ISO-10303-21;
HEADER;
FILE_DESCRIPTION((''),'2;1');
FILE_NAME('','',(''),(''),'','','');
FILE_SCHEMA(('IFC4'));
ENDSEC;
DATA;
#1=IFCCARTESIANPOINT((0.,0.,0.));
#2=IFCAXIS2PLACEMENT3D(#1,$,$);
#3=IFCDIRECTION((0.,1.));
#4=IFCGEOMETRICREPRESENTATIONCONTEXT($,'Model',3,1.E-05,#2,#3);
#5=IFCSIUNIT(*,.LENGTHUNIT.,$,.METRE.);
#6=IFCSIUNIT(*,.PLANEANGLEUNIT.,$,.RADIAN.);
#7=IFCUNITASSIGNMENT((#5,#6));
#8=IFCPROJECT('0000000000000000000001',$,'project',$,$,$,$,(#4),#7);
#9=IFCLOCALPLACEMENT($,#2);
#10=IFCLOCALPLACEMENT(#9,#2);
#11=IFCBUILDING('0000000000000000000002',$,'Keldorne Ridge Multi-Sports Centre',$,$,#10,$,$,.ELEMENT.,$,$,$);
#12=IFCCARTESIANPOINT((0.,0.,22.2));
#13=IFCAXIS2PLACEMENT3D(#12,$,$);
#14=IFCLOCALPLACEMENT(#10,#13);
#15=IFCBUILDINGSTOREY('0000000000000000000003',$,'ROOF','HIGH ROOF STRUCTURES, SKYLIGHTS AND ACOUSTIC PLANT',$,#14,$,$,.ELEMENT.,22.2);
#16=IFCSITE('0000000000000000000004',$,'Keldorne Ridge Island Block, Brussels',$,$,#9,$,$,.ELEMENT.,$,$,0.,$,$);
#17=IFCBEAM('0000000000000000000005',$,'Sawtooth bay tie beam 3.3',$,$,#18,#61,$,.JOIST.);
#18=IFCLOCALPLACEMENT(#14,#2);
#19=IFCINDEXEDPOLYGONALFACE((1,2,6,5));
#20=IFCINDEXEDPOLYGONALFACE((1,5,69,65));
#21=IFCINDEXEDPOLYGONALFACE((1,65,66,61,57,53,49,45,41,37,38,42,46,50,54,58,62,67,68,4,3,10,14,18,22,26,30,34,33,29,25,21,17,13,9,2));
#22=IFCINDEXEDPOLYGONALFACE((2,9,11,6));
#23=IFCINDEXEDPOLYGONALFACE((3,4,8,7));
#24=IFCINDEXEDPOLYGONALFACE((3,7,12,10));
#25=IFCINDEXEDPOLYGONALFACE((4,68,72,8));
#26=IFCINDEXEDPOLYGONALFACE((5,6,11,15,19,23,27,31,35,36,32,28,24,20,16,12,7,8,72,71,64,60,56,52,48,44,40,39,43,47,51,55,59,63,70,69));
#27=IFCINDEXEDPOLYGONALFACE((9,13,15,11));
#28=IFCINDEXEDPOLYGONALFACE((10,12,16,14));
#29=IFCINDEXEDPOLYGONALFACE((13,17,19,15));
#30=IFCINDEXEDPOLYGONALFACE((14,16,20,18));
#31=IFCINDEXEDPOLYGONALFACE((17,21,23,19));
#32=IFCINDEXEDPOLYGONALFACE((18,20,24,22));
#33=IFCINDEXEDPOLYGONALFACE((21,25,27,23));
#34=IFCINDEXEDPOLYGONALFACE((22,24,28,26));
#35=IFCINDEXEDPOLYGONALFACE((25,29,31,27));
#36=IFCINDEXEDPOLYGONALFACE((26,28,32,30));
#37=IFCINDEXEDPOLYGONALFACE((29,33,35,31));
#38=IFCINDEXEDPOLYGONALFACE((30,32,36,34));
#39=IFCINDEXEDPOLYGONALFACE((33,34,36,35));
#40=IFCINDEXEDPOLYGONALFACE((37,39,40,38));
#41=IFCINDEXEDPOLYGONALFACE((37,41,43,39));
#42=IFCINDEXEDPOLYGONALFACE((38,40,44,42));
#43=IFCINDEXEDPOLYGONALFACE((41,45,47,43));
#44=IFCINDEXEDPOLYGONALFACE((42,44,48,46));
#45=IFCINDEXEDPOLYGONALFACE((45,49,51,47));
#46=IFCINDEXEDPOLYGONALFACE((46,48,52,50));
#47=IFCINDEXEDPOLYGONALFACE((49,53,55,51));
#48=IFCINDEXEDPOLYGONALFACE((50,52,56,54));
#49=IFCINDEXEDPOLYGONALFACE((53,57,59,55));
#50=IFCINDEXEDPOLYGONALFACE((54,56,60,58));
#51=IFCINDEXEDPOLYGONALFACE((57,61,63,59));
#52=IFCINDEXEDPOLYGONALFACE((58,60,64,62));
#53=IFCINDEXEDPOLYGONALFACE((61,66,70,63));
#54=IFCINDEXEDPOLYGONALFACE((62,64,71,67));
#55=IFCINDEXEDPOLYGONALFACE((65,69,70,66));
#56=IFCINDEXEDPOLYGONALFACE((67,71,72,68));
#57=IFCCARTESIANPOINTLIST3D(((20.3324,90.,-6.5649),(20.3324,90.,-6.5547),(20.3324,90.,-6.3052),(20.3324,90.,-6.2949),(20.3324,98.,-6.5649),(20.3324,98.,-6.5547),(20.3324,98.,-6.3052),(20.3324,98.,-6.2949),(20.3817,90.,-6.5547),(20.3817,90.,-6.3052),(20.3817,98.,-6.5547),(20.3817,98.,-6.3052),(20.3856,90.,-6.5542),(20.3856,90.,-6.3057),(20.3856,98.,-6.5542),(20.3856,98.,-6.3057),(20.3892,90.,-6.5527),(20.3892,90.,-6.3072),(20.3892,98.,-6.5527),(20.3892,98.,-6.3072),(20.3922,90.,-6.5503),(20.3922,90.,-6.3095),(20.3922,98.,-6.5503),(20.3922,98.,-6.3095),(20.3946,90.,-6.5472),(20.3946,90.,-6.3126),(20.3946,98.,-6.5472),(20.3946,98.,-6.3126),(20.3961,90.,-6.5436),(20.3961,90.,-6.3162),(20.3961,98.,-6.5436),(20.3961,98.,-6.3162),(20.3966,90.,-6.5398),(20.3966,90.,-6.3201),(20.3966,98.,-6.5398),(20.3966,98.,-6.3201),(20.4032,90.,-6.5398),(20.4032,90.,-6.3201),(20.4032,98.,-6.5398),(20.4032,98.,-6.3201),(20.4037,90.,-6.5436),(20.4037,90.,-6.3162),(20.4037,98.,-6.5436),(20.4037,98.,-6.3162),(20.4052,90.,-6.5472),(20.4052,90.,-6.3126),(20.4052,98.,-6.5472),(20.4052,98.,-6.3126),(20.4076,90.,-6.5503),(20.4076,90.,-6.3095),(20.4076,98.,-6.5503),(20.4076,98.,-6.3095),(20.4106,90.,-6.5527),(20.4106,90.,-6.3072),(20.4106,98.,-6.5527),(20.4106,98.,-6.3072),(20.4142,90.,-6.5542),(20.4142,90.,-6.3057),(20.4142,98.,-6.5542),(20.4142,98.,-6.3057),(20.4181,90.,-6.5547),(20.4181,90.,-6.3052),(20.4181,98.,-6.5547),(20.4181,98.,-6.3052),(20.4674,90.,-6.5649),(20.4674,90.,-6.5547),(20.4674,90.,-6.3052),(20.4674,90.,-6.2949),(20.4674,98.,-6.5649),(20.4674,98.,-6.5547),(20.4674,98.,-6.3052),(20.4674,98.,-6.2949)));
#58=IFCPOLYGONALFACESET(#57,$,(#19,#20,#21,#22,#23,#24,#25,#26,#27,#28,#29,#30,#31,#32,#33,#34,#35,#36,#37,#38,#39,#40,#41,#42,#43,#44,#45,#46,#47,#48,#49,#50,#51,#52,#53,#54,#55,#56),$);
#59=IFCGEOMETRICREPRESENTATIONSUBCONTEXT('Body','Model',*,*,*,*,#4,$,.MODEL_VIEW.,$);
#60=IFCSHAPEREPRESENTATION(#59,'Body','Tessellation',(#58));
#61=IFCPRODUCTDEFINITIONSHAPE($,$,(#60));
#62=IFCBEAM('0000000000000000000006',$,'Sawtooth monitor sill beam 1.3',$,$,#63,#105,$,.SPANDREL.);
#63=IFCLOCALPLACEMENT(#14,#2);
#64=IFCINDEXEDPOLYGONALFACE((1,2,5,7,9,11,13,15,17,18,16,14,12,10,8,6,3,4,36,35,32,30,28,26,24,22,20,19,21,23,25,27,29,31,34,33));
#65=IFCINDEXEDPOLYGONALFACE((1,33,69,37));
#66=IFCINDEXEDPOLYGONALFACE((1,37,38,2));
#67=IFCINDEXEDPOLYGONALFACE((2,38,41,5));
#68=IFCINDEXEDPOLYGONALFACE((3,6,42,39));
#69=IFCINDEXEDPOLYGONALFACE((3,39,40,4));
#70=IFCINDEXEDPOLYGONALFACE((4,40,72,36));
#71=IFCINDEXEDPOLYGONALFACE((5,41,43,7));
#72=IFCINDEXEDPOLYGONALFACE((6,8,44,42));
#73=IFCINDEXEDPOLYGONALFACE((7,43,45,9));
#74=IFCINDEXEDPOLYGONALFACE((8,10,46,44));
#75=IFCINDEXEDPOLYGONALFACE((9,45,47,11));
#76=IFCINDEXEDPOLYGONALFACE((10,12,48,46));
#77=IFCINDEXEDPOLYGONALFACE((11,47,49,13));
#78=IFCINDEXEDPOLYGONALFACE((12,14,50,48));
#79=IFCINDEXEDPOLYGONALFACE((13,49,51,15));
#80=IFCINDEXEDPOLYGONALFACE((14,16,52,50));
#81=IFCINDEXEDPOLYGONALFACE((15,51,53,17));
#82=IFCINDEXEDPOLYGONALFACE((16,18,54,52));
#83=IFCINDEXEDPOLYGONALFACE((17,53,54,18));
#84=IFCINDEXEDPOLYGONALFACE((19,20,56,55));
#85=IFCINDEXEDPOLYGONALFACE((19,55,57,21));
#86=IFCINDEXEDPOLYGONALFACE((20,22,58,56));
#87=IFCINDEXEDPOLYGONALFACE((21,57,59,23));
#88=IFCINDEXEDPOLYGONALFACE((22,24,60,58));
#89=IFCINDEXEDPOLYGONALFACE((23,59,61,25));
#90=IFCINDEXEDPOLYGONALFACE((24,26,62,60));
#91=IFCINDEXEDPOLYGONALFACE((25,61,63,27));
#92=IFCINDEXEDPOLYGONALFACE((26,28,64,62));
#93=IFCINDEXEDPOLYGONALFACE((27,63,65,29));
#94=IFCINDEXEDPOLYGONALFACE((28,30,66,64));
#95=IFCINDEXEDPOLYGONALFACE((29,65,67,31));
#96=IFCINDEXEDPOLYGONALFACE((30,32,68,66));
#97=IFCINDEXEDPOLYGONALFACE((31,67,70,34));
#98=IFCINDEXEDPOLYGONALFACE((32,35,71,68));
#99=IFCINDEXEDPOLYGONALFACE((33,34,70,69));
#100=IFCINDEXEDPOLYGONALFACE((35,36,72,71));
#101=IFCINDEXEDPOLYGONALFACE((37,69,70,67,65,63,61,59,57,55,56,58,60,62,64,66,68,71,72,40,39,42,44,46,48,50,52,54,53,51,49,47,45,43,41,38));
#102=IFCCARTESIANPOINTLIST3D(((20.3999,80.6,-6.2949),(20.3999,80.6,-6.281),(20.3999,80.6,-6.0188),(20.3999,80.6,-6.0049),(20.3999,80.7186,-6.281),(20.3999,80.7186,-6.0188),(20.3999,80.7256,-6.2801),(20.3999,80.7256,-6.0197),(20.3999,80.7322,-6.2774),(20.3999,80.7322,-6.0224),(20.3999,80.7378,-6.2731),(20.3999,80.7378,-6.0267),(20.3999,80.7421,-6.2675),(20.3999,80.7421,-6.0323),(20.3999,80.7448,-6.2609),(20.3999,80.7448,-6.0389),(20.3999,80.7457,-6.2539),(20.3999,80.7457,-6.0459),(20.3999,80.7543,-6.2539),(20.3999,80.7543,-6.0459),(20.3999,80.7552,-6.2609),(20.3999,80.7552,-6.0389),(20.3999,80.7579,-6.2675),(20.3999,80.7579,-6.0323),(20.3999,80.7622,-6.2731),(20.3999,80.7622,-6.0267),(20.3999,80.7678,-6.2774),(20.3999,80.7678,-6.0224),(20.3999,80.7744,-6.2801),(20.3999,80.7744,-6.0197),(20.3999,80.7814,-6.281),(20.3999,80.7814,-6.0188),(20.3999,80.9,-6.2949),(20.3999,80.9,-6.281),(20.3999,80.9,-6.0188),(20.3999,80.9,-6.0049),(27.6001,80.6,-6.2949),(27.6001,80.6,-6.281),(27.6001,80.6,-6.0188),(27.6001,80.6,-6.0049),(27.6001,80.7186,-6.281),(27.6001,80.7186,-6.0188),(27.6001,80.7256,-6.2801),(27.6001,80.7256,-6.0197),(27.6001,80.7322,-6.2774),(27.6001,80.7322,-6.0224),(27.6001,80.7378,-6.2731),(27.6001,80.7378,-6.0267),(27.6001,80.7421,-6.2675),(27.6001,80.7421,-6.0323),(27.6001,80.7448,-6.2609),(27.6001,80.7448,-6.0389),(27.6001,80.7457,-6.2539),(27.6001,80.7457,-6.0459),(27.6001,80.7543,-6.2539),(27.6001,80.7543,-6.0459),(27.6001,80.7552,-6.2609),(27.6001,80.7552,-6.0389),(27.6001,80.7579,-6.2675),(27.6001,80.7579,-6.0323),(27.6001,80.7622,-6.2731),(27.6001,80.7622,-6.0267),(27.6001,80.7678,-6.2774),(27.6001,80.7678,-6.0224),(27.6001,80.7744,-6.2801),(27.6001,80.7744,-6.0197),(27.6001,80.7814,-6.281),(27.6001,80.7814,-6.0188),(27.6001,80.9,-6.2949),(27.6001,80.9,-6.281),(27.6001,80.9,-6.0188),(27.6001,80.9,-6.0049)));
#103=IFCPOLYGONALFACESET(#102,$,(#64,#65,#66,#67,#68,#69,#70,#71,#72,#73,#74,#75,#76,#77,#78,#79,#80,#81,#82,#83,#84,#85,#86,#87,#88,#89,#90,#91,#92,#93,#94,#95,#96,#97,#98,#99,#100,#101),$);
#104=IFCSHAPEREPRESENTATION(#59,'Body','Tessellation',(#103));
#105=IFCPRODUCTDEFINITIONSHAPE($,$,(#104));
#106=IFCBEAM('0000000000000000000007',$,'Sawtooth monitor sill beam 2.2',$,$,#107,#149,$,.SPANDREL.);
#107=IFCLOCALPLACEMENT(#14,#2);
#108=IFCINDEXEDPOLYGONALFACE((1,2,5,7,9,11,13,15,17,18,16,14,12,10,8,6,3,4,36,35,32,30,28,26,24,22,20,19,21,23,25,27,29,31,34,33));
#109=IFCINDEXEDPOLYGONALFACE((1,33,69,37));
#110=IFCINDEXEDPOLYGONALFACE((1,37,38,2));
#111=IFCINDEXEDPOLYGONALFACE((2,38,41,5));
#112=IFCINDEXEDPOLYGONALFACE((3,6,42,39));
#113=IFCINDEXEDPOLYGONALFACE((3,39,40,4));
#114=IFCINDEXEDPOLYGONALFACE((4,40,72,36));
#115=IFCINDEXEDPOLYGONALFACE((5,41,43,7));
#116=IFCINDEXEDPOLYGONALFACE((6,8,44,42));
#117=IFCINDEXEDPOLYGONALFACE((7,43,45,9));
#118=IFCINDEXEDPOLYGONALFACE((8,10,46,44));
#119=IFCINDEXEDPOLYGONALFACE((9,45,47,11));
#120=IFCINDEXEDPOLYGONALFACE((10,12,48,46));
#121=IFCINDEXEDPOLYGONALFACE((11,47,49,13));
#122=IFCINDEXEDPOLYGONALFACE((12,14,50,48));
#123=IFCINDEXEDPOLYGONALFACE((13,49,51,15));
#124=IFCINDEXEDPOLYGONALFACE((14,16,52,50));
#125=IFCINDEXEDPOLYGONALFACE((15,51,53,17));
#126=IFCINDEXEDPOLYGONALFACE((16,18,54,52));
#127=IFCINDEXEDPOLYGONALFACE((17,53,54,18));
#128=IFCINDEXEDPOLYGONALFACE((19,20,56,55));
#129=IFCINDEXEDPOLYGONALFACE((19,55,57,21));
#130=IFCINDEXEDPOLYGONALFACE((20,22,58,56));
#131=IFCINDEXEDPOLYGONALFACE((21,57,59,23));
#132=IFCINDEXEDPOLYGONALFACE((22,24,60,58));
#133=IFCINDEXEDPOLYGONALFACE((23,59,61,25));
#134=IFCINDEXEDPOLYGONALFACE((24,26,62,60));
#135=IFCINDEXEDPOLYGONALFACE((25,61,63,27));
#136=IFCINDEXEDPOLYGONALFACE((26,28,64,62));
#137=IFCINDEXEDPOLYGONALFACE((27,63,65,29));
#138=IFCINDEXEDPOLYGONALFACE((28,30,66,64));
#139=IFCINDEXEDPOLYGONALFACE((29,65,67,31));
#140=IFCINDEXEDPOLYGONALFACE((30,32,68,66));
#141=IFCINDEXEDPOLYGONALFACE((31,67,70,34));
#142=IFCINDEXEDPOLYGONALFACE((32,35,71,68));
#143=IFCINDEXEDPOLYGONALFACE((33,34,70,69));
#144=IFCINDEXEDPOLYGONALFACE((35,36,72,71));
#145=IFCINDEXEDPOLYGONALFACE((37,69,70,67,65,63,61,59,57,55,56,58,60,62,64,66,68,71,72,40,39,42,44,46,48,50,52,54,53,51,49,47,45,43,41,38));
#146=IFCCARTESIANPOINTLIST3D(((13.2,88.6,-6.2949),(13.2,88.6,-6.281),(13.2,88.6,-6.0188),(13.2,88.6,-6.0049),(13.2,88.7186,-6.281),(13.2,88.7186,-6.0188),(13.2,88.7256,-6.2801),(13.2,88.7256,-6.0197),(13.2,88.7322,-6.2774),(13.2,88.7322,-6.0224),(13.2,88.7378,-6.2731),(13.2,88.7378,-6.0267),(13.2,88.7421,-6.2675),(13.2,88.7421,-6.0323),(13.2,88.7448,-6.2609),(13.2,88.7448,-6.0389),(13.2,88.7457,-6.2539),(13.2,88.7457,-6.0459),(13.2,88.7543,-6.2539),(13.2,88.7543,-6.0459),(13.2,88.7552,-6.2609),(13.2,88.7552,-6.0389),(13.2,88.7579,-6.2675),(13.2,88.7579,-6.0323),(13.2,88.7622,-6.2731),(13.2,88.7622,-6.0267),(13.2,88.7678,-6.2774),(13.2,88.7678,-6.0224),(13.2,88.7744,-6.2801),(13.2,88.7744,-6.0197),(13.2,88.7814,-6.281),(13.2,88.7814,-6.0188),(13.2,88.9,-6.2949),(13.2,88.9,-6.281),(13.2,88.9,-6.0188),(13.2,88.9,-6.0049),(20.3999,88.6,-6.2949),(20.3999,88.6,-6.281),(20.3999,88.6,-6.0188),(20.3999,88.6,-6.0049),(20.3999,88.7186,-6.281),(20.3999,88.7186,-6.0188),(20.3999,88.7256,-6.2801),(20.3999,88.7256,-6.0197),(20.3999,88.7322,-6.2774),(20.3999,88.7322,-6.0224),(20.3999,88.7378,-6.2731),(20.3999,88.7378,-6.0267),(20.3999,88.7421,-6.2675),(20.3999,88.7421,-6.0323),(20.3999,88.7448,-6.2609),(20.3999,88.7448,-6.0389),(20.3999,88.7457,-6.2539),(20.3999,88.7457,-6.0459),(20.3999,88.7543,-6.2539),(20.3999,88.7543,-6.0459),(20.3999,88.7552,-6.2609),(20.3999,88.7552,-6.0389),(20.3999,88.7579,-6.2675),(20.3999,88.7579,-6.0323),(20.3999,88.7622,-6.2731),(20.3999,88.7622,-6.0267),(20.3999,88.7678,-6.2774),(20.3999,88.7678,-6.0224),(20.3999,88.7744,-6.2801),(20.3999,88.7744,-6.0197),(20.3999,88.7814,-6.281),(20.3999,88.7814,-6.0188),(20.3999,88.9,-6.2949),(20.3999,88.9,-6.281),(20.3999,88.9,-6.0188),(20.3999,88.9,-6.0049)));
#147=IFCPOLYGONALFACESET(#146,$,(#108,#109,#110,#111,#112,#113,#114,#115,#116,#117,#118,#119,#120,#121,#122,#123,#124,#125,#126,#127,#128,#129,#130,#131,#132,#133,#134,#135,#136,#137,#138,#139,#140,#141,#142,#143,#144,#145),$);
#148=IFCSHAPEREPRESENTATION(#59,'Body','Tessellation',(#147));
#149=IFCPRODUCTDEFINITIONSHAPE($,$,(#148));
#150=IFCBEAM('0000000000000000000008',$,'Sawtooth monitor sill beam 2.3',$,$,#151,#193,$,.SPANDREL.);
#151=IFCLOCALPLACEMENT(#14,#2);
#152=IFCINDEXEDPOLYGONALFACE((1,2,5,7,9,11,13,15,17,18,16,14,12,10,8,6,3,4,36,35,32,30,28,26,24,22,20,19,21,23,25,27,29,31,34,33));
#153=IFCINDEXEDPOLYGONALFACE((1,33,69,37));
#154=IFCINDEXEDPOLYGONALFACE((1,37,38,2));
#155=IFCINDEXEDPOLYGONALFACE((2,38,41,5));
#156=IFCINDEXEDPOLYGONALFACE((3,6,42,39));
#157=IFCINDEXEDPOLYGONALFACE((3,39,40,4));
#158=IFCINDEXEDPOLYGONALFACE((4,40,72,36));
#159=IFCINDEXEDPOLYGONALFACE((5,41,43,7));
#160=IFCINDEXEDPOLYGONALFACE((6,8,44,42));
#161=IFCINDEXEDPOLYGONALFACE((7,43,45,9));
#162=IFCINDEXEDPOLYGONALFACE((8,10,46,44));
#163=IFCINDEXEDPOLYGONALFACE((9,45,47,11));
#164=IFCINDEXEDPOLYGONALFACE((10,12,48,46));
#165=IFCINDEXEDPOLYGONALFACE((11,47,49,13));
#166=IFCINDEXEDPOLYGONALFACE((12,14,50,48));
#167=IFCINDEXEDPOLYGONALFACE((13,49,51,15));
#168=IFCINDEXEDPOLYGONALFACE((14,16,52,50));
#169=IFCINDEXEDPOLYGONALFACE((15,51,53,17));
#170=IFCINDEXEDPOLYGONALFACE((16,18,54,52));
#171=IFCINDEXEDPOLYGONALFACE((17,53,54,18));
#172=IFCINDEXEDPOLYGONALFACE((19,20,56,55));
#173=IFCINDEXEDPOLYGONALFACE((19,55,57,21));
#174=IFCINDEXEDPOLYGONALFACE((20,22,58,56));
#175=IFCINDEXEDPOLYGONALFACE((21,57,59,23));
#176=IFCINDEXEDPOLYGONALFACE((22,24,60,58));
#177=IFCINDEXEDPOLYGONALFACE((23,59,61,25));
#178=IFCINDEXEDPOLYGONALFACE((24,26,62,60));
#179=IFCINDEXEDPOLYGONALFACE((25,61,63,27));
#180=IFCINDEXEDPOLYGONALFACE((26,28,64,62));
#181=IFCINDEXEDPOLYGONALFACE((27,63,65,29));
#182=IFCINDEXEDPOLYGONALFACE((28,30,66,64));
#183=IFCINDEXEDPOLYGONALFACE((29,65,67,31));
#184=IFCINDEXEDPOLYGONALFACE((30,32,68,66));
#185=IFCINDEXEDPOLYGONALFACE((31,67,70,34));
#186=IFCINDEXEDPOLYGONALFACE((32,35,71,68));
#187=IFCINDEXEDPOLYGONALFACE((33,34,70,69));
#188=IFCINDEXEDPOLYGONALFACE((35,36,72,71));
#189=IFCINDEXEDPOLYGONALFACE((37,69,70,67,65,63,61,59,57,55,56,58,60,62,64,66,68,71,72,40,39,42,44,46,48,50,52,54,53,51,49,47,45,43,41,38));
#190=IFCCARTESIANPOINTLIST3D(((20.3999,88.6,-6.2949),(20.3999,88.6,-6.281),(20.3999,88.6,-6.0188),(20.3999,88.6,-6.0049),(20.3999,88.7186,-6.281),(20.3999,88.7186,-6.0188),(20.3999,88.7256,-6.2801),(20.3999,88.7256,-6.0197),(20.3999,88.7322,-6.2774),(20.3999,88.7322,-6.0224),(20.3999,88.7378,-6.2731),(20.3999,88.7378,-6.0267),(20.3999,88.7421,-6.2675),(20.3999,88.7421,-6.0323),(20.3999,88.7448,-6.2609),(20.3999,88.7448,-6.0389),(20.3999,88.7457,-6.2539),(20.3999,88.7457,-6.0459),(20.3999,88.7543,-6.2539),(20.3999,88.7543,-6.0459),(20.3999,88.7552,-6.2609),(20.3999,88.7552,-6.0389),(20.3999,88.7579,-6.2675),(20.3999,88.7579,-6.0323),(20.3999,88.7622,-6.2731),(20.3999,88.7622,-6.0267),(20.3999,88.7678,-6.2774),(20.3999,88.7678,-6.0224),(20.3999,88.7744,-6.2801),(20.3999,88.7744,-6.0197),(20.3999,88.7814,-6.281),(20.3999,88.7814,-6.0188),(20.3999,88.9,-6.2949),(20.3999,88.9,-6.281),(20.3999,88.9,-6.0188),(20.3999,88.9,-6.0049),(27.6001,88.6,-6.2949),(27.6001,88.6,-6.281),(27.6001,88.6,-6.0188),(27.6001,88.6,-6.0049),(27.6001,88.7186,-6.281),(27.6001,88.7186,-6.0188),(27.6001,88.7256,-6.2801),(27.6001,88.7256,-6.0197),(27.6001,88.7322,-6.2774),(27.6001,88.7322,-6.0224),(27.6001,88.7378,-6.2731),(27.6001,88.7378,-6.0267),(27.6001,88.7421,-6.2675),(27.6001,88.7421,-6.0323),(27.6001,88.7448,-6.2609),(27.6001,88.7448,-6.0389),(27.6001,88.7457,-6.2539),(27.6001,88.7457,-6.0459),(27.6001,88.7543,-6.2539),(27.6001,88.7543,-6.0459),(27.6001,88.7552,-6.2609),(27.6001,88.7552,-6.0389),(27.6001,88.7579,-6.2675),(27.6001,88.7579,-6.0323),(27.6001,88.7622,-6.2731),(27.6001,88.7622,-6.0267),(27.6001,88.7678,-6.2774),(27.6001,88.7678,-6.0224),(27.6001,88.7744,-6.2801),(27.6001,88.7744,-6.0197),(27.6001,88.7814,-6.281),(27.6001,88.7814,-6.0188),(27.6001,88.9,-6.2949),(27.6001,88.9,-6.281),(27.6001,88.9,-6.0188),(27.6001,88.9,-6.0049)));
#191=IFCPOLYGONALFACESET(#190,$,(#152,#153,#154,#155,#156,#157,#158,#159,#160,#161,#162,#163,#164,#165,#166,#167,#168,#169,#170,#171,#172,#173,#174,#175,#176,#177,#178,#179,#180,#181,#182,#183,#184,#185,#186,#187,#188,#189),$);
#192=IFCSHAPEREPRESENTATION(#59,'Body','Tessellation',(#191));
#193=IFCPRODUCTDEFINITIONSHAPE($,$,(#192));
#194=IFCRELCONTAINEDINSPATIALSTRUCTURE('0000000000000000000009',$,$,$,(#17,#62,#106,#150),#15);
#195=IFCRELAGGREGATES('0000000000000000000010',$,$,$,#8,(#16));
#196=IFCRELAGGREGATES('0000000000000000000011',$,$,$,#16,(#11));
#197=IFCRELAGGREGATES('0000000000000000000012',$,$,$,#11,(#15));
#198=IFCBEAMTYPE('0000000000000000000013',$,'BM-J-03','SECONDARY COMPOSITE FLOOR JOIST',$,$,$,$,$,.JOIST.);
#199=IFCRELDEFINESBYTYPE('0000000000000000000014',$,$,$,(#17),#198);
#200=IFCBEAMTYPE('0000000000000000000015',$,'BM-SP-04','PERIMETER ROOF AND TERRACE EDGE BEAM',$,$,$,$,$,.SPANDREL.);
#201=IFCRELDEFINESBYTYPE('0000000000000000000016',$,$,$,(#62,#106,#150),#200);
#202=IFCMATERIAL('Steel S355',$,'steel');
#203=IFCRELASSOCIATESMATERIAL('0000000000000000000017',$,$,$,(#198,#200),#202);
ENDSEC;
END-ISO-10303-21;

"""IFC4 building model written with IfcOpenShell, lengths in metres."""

from ifc_helpers import new_model, si_unit, direction, frame, origin, origin_2d, place, context, subcontext, project, spatial, i_section, extrude, material, material_profile, profile_set, type_object, element, save


model = new_model("IFC4")

# Units and contexts
model_context = context("Model", 3, precision=1e-05, world=origin(), true_north=direction((0.0, 1.0)))
body_context = subcontext(model_context, "Body", "Model", "MODEL_VIEW")
ifc_project = project(units=[si_unit("LENGTHUNIT", "METRE"), si_unit("PLANEANGLEUNIT", "RADIAN")], contexts=[model_context])

# Site, building, storey
site_placement = place(None, origin())
site = spatial("IfcSite", under=ifc_project, at=site_placement, Name="Keldorne Ridge Island Block, Brussels", CompositionType="ELEMENT", RefElevation=0.0)
building_placement = place(site_placement, origin())
building = spatial("IfcBuilding", under=site, at=building_placement, Name="Keldorne Ridge Multi-Sports Centre", CompositionType="ELEMENT")
storey_placement = place(building_placement, frame((0.0, 0.0, 22.2)))
storey = spatial("IfcBuildingStorey", under=building, at=storey_placement, Name="ROOF", Description="HIGH ROOF STRUCTURES, SKYLIGHTS AND ACOUSTIC PLANT", CompositionType="ELEMENT", Elevation=22.2)

# Beams
ifc_material_1 = material(Name="Steel S355", Category="steel")
ifc_material_profile_1 = material_profile(ifc_material_1, i_section(OverallWidth=0.135, OverallDepth=0.27, WebThickness=0.0066, FlangeThickness=0.0103, FilletRadius=0.0149, at=origin_2d()), Name="IPE 270")
ifc_profile_set_1 = profile_set([ifc_material_profile_1], Name="Steel S355")
beam_type_1 = type_object("IfcBeamType", Name="BM-J-03", Description="SECONDARY COMPOSITE FLOOR JOIST", PredefinedType="JOIST", material=ifc_profile_set_1)
for number, where, z_axis, x_axis, name in (
    (1, (20.3999, 90.0, -6.4299), (0.0, 1.0, 0.0), (-1.0, 0.0, 0.0), "Sawtooth bay tie beam 3.3"),
):
    element("IfcBeam", number, at=place(storey_placement, frame(where, z_axis=z_axis, x_axis=x_axis)), inside=storey, type_object=beam_type_1, Name=name, PredefinedType="JOIST", context=body_context, shape_type="SweptSolid", body=[
        extrude(i_section(OverallWidth=0.135, OverallDepth=0.27, WebThickness=0.0066, FlangeThickness=0.0103, FilletRadius=0.0149, at=origin_2d()), origin(), (0.0, 0.0, 1.0), 8.0),
    ])
ifc_material_profile_2 = material_profile(ifc_material_1, i_section(OverallWidth=0.3, OverallDepth=0.29, WebThickness=0.0085, FlangeThickness=0.0139, FilletRadius=0.0271, at=origin_2d()), Name="HEA 300")
ifc_profile_set_2 = profile_set([ifc_material_profile_2], Name="Steel S355")
beam_type_2 = type_object("IfcBeamType", Name="BM-SP-04", Description="PERIMETER ROOF AND TERRACE EDGE BEAM", PredefinedType="SPANDREL", material=ifc_profile_set_2)
beam_1_placement = place(storey_placement, frame((20.3999, 80.75, -6.1499), z_axis=(1.0, 0.0, 0.0), x_axis=(0.0, 1.0, 0.0)))
element("IfcBeam", 2, at=beam_1_placement, inside=storey, type_object=beam_type_2, Name="Sawtooth monitor sill beam 1.3", PredefinedType="SPANDREL", context=body_context, shape_type="SweptSolid", body=[
    extrude(i_section(OverallWidth=0.3, OverallDepth=0.29, WebThickness=0.0085, FlangeThickness=0.0139, FilletRadius=0.0271, at=origin_2d()), origin(), (0.0, 0.0, 1.0), 7.2002),
])
beam_2_placement = place(storey_placement, frame((13.2, 88.75, -6.1499), z_axis=(1.0, 0.0, 0.0), x_axis=(0.0, 1.0, 0.0)))
element("IfcBeam", 3, at=beam_2_placement, inside=storey, type_object=beam_type_2, Name="Sawtooth monitor sill beam 2.2", PredefinedType="SPANDREL", context=body_context, shape_type="SweptSolid", body=[
    extrude(i_section(OverallWidth=0.3, OverallDepth=0.29, WebThickness=0.0085, FlangeThickness=0.0139, FilletRadius=0.0271, at=origin_2d()), origin(), (0.0, 0.0, 1.0), 7.2),
])
beam_3_placement = place(storey_placement, frame((20.3999, 88.75, -6.1499), z_axis=(1.0, 0.0, 0.0), x_axis=(0.0, 1.0, 0.0)))
element("IfcBeam", 4, at=beam_3_placement, inside=storey, type_object=beam_type_2, Name="Sawtooth monitor sill beam 2.3", PredefinedType="SPANDREL", context=body_context, shape_type="SweptSolid", body=[
    extrude(i_section(OverallWidth=0.3, OverallDepth=0.29, WebThickness=0.0085, FlangeThickness=0.0139, FilletRadius=0.0271, at=origin_2d()), origin(), (0.0, 0.0, 1.0), 7.2002),
])

save(model, "model.ifc")
